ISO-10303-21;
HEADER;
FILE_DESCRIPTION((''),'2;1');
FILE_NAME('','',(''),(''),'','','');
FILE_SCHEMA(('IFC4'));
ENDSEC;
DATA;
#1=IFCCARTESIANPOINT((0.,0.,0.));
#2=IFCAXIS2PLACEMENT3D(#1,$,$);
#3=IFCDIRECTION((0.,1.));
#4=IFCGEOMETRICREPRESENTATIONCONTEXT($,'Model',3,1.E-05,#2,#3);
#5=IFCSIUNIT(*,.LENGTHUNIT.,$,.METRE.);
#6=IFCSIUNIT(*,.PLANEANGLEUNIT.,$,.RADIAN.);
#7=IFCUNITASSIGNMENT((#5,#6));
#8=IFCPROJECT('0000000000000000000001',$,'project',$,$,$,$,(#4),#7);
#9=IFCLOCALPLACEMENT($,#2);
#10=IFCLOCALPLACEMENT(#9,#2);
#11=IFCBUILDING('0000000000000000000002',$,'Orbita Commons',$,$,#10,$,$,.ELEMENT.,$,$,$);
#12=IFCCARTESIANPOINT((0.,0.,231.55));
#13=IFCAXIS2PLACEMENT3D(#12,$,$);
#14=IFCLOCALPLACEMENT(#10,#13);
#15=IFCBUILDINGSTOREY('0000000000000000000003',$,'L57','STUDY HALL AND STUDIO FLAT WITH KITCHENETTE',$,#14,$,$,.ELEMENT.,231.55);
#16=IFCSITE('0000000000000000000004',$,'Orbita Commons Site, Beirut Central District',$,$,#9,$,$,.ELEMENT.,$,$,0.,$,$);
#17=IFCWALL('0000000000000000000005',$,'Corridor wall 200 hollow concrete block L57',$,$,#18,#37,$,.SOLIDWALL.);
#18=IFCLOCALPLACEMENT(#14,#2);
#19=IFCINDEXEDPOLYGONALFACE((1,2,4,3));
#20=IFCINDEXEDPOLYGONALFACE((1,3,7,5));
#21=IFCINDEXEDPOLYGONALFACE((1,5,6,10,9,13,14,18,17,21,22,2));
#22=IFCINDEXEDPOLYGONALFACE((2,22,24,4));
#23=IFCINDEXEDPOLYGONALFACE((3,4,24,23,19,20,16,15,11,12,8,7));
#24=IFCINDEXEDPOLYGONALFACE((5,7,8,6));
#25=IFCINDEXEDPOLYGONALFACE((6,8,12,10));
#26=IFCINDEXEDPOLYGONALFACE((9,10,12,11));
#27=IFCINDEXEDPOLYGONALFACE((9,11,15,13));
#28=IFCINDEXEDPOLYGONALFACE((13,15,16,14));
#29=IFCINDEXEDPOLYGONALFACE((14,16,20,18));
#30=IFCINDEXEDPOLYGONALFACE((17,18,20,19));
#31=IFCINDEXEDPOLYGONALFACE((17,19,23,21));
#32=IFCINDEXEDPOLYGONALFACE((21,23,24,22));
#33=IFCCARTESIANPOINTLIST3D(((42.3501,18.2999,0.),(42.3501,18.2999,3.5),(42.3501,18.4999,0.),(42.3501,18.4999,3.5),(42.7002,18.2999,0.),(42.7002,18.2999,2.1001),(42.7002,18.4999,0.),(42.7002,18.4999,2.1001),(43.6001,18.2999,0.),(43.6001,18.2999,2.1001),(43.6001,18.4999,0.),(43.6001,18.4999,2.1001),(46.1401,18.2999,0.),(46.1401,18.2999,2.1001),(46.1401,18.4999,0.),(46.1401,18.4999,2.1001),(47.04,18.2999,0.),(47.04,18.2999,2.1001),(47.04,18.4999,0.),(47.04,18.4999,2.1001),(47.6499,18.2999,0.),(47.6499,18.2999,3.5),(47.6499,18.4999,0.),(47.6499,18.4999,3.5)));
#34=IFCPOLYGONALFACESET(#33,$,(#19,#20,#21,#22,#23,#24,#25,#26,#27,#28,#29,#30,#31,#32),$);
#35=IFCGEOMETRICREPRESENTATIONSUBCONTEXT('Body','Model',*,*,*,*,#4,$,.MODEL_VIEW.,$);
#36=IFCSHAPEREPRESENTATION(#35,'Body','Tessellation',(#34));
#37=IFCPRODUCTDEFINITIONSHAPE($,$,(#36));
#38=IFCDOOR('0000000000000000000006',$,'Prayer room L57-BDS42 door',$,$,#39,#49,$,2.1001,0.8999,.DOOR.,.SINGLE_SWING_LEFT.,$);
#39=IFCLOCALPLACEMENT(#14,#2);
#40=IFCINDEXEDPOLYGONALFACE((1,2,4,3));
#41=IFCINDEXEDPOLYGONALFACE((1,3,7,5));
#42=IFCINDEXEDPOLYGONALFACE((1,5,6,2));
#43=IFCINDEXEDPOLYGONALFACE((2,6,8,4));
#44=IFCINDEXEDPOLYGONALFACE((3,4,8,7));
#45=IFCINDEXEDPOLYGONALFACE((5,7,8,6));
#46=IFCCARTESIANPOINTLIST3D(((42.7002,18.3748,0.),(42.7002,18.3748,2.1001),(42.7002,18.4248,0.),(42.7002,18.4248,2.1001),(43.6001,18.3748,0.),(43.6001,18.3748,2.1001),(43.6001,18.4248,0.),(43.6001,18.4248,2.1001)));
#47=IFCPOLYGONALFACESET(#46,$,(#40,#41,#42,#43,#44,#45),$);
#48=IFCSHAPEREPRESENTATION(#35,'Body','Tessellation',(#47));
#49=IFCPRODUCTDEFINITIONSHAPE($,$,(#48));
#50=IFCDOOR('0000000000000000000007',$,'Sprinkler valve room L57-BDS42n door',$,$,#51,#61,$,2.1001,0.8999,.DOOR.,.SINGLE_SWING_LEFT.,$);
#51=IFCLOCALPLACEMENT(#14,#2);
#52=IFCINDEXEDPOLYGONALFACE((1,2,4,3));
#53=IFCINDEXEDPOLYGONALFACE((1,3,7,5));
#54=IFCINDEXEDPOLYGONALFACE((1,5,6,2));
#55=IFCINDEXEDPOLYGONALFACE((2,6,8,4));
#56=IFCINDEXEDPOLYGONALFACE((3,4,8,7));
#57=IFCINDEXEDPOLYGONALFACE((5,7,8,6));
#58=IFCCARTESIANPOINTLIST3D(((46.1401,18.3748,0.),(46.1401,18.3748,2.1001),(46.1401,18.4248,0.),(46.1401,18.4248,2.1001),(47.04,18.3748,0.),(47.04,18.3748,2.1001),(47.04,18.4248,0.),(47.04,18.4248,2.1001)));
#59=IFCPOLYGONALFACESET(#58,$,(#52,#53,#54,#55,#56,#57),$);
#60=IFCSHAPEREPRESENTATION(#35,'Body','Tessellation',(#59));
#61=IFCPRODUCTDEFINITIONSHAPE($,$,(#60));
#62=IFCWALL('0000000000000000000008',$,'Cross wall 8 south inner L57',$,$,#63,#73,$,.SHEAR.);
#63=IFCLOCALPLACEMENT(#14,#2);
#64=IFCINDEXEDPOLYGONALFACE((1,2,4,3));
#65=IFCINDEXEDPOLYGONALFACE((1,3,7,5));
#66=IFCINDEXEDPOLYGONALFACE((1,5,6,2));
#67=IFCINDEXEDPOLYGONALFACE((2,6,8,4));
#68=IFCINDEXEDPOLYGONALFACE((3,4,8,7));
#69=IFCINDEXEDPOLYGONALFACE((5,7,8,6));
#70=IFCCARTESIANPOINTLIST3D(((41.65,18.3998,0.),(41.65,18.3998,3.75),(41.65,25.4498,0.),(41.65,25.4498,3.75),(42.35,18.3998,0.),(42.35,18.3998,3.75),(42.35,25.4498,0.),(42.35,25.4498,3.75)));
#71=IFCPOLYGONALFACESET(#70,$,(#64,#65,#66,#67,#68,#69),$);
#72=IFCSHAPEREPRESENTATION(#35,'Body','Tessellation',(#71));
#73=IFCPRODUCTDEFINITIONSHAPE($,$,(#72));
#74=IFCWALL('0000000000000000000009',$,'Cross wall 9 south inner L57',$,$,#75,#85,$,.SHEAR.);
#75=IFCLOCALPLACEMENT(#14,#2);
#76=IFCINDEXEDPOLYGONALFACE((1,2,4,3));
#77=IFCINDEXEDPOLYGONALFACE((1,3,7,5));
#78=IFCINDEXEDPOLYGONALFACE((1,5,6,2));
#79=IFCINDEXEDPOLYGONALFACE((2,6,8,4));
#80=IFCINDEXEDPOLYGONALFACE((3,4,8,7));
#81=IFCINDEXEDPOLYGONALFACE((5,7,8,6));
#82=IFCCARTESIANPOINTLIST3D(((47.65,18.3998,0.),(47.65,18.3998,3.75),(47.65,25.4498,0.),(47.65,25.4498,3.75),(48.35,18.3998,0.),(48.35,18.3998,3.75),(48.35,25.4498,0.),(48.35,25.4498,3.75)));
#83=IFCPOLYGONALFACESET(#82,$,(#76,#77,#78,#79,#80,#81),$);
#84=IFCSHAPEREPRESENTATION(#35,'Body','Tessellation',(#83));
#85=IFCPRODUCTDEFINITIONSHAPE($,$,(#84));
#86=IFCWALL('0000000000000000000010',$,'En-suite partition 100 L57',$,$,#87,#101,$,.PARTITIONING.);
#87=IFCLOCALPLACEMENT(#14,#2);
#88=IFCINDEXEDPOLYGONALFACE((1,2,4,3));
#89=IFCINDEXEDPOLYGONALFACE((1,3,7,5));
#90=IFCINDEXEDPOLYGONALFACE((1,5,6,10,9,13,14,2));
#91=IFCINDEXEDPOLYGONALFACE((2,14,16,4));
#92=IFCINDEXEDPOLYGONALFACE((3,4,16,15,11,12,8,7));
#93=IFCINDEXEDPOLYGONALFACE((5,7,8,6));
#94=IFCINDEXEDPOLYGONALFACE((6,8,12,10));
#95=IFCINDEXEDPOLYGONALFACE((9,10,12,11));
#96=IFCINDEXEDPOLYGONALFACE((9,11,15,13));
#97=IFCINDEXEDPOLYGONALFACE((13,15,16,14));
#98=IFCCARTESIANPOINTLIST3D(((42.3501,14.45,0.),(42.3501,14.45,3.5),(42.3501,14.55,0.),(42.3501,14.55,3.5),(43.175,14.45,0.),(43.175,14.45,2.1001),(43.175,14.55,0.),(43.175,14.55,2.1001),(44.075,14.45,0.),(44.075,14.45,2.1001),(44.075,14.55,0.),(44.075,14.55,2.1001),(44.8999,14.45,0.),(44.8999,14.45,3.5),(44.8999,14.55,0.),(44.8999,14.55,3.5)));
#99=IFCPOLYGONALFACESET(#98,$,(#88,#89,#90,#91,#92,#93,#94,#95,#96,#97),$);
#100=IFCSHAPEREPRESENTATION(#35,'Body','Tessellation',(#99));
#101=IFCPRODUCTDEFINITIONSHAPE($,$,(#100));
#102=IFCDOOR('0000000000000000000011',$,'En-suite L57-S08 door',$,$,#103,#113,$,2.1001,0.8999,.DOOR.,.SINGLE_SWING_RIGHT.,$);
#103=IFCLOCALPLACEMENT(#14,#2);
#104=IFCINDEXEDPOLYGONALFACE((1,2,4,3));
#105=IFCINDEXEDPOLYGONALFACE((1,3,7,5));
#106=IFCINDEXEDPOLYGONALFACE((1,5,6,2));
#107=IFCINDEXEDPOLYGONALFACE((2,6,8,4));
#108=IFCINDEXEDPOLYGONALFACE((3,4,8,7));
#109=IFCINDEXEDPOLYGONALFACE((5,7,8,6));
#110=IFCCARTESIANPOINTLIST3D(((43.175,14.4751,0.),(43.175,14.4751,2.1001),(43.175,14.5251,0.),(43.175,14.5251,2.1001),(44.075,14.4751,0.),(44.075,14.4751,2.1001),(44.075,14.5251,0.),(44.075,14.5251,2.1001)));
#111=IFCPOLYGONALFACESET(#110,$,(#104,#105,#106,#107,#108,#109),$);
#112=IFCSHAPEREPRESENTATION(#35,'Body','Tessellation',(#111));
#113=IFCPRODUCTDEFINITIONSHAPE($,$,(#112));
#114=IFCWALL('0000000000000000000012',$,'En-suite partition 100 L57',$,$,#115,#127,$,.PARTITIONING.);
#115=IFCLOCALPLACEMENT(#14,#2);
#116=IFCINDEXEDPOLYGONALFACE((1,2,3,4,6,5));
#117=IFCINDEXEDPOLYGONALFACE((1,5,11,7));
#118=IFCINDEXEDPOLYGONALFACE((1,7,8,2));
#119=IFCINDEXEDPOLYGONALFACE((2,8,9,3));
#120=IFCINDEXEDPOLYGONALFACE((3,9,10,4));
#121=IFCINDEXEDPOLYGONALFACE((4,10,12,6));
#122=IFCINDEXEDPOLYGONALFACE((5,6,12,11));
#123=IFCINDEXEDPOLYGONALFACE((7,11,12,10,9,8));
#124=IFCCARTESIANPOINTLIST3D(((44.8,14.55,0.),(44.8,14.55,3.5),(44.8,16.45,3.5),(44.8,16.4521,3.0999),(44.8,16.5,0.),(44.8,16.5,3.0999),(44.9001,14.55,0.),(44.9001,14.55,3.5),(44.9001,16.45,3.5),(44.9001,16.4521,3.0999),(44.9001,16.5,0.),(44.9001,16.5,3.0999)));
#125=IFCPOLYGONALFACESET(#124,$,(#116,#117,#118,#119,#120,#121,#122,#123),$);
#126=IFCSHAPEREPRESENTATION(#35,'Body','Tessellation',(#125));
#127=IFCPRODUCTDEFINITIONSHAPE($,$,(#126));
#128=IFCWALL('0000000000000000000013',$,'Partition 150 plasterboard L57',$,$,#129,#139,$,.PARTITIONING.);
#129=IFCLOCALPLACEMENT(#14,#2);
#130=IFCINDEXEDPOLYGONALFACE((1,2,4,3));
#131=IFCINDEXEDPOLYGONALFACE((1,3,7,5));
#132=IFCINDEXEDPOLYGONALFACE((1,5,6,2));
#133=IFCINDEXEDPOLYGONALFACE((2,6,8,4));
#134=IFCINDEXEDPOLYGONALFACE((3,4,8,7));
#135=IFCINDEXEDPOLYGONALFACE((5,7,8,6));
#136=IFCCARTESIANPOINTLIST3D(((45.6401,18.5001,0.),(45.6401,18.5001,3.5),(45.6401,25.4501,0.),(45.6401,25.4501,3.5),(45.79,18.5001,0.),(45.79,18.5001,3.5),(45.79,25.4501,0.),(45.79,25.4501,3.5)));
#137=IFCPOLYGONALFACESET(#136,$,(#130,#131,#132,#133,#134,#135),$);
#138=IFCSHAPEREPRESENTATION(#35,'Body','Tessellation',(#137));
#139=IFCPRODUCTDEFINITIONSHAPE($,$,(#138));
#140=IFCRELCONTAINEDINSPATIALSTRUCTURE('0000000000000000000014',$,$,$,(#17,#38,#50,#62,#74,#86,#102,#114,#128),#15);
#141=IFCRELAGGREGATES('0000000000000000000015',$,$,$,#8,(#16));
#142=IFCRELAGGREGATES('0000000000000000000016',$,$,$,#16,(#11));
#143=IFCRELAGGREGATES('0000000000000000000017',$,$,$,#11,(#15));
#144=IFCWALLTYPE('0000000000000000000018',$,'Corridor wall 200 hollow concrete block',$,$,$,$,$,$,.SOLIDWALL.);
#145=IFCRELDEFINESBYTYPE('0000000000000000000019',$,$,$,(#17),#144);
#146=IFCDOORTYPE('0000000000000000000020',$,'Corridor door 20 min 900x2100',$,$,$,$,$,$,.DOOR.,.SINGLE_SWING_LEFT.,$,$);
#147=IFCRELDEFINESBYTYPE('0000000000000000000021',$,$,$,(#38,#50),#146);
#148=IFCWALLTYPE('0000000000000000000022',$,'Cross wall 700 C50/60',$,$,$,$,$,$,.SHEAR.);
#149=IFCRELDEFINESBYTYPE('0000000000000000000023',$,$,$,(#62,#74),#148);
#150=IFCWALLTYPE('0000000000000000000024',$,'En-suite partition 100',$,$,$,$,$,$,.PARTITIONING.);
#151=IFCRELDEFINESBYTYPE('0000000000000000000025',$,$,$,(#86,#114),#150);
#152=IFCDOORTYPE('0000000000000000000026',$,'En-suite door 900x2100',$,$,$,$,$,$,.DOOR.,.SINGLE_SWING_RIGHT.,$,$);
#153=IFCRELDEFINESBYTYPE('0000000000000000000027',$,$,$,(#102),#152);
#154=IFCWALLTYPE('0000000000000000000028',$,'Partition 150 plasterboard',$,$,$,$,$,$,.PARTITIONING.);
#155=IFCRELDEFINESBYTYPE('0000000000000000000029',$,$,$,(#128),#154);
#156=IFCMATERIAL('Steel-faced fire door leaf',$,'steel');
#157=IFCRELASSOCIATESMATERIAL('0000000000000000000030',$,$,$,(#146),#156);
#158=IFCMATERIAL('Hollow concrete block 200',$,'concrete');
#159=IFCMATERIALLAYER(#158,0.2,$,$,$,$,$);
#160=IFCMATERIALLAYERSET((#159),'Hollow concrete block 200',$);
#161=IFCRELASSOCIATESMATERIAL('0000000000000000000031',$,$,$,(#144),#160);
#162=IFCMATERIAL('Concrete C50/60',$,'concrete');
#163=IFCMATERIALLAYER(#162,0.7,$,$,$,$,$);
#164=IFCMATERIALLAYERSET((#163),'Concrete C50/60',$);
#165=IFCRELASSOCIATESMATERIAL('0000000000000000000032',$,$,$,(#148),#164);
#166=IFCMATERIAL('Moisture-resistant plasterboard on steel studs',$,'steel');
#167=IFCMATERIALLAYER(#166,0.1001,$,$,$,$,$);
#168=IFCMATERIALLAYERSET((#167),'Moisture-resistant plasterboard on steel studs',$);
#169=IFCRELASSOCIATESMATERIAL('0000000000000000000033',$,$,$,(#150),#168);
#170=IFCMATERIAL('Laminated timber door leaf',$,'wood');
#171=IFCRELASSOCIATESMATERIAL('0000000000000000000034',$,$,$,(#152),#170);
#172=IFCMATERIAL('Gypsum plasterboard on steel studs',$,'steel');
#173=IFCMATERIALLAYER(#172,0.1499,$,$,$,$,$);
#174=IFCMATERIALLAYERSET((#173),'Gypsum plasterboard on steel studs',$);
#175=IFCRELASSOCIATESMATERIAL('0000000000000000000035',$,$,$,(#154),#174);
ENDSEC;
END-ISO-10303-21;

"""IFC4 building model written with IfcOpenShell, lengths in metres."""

from ifc_helpers import new_model, si_unit, direction, frame, frame_2d, origin, place, context, subcontext, project, spatial, polyline, rectangle, outline, extrude, material, layer, layer_set, type_object, element, fill, save


model = new_model("IFC4")

# Units and contexts
model_context = context("Model", 3, precision=1e-05, world=origin(), true_north=direction((0.0, 1.0)))
body_context = subcontext(model_context, "Body", "Model", "MODEL_VIEW")
ifc_project = project(units=[si_unit("LENGTHUNIT", "METRE"), si_unit("PLANEANGLEUNIT", "RADIAN")], contexts=[model_context])

# Site, building, storey
site_placement = place(None, origin())
site = spatial("IfcSite", under=ifc_project, at=site_placement, Name="Orbita Commons Site, Beirut Central District", CompositionType="ELEMENT", RefElevation=0.0)
building_placement = place(site_placement, origin())
building = spatial("IfcBuilding", under=site, at=building_placement, Name="Orbita Commons", CompositionType="ELEMENT")
storey_placement = place(building_placement, frame((0.0, 0.0, 231.55)))
storey = spatial("IfcBuildingStorey", under=building, at=storey_placement, Name="L57", Description="STUDY HALL AND STUDIO FLAT WITH KITCHENETTE", CompositionType="ELEMENT", Elevation=231.55)

# Shared definitions
ifc_material_1 = material(Name="Steel-faced fire door leaf", Category="steel")
door_type_1 = type_object("IfcDoorType", Name="Corridor door 20 min 900x2100", OperationType="SINGLE_SWING_LEFT", PredefinedType="DOOR", material=ifc_material_1)

# Wall, openings, doors
ifc_material_2 = material(Name="Hollow concrete block 200", Category="concrete")
ifc_layer_1 = layer(ifc_material_2, 0.2)
ifc_layer_set_1 = layer_set([ifc_layer_1], Name="Hollow concrete block 200")
wall_type_1 = type_object("IfcWallType", Name="Corridor wall 200 hollow concrete block", PredefinedType="SOLIDWALL", material=ifc_layer_set_1)
wall_1_placement = place(storey_placement, frame((42.3501, 18.3999, 0.0), z_axis=(0.0, 0.0, 1.0), x_axis=(1.0, 0.0, 0.0)))
wall_1 = element("IfcWall", 1, at=wall_1_placement, inside=storey, type_object=wall_type_1, Name="Corridor wall 200 hollow concrete block L57", PredefinedType="SOLIDWALL", context=body_context, shape_type="SweptSolid", body=[
    extrude(rectangle(XDim=5.2998, YDim=0.2, at=frame_2d((2.6499, 0.0))), origin(), (0.0, 0.0, 1.0), 3.5),
])
opening_1_placement = place(wall_1_placement, frame((0.3501, 0.0, 0.0)))
opening_1 = element("IfcOpeningElement", 2, at=opening_1_placement, cuts=wall_1, PredefinedType="OPENING", context=body_context, shape_type="SweptSolid", body=[
    extrude(rectangle(XDim=0.8999, YDim=2.1001, at=frame_2d((0.45, 1.05))), frame((0.0, 0.1099, 0.0), z_axis=(0.0, -1.0, 0.0), x_axis=(1.0, 0.0, 0.0)), (0.0, 0.0, 1.0), 0.22),
])
opening_2_placement = place(wall_1_placement, frame((3.79, 0.0, 0.0)))
opening_2 = element("IfcOpeningElement", 3, at=opening_2_placement, cuts=wall_1, PredefinedType="OPENING", context=body_context, shape_type="SweptSolid", body=[
    extrude(rectangle(XDim=0.8999, YDim=2.1001, at=frame_2d((0.45, 1.05))), frame((0.0, 0.1099, 0.0), z_axis=(0.0, -1.0, 0.0), x_axis=(1.0, 0.0, 0.0)), (0.0, 0.0, 1.0), 0.22),
])
door_1_placement = place(opening_1_placement, origin())
door_1 = element("IfcDoor", 4, at=door_1_placement, inside=storey, type_object=door_type_1, Name="Prayer room L57-BDS42 door", OperationType="SINGLE_SWING_LEFT", OverallHeight=2.1001, OverallWidth=0.8999, PredefinedType="DOOR", context=body_context, shape_type="SweptSolid", body=[
    extrude(rectangle(XDim=0.8999, YDim=2.1001, at=frame_2d((0.45, 1.05))), frame((0.0, 0.0249, 0.0), z_axis=(0.0, -1.0, 0.0), x_axis=(1.0, 0.0, 0.0)), (0.0, 0.0, 1.0), 0.05),
])
fill(opening_1, door_1)
door_2_placement = place(opening_2_placement, origin())
door_2 = element("IfcDoor", 5, at=door_2_placement, inside=storey, type_object=door_type_1, Name="Sprinkler valve room L57-BDS42n door", OperationType="SINGLE_SWING_LEFT", OverallHeight=2.1001, OverallWidth=0.8999, PredefinedType="DOOR", context=body_context, shape_type="SweptSolid", body=[
    extrude(rectangle(XDim=0.8999, YDim=2.1001, at=frame_2d((0.45, 1.05))), frame((0.0, 0.0249, 0.0), z_axis=(0.0, -1.0, 0.0), x_axis=(1.0, 0.0, 0.0)), (0.0, 0.0, 1.0), 0.05),
])
fill(opening_2, door_2)

# Walls
ifc_material_3 = material(Name="Concrete C50/60", Category="concrete")
ifc_layer_2 = layer(ifc_material_3, 0.7)
ifc_layer_set_2 = layer_set([ifc_layer_2], Name="Concrete C50/60")
wall_type_2 = type_object("IfcWallType", Name="Cross wall 700 C50/60", PredefinedType="SHEAR", material=ifc_layer_set_2)
for number, where, z_axis, x_axis, name in (
    (6, (42.0, 18.3999, 0.0), (0.0, 0.0, 1.0), (0.0, 1.0, 0.0), "Cross wall 8 south inner L57"),
    (7, (48.0, 18.3999, 0.0), (0.0, 0.0, 1.0), (0.0, 1.0, 0.0), "Cross wall 9 south inner L57"),
):
    element("IfcWall", number, at=place(storey_placement, frame(where, z_axis=z_axis, x_axis=x_axis)), inside=storey, type_object=wall_type_2, Name=name, PredefinedType="SHEAR", context=body_context, shape_type="SweptSolid", body=[
        extrude(rectangle(XDim=7.05, YDim=0.7, at=frame_2d((3.5249, 0.0))), origin(), (0.0, 0.0, 1.0), 3.75),
    ])

# Wall, opening, door
ifc_material_4 = material(Name="Moisture-resistant plasterboard on steel studs", Category="steel")
ifc_layer_3 = layer(ifc_material_4, 0.1001)
ifc_layer_set_3 = layer_set([ifc_layer_3], Name="Moisture-resistant plasterboard on steel studs")
wall_type_3 = type_object("IfcWallType", Name="En-suite partition 100", PredefinedType="PARTITIONING", material=ifc_layer_set_3)
wall_2_placement = place(storey_placement, frame((44.8999, 14.5, 0.0), z_axis=(0.0, 0.0, 1.0), x_axis=(-1.0, 0.0, 0.0)))
wall_2 = element("IfcWall", 8, at=wall_2_placement, inside=storey, type_object=wall_type_3, Name="En-suite partition 100 L57", PredefinedType="PARTITIONING", context=body_context, shape_type="SweptSolid", body=[
    extrude(rectangle(XDim=2.5498, YDim=0.1001, at=frame_2d((1.2749, 0.0))), origin(), (0.0, 0.0, 1.0), 3.5),
])
opening_3_placement = place(wall_2_placement, frame((0.825, 0.0, 0.0)))
opening_3 = element("IfcOpeningElement", 9, at=opening_3_placement, cuts=wall_2, PredefinedType="OPENING", context=body_context, shape_type="SweptSolid", body=[
    extrude(rectangle(XDim=0.8999, YDim=2.1001, at=frame_2d((0.45, 1.05))), frame((0.0, 0.0601, 0.0), z_axis=(0.0, -1.0, 0.0), x_axis=(1.0, 0.0, 0.0)), (0.0, 0.0, 1.0), 0.1201),
])
ifc_material_5 = material(Name="Laminated timber door leaf", Category="wood")
door_type_2 = type_object("IfcDoorType", Name="En-suite door 900x2100", OperationType="SINGLE_SWING_RIGHT", PredefinedType="DOOR", material=ifc_material_5)
door_3_placement = place(opening_3_placement, origin())
door_3 = element("IfcDoor", 10, at=door_3_placement, inside=storey, type_object=door_type_2, Name="En-suite L57-S08 door", OperationType="SINGLE_SWING_RIGHT", OverallHeight=2.1001, OverallWidth=0.8999, PredefinedType="DOOR", context=body_context, shape_type="SweptSolid", body=[
    extrude(rectangle(XDim=0.8999, YDim=2.1001, at=frame_2d((0.45, 1.05))), frame((0.0, 0.0249, 0.0), z_axis=(0.0, -1.0, 0.0), x_axis=(1.0, 0.0, 0.0)), (0.0, 0.0, 1.0), 0.05),
])
fill(opening_3, door_3)

# Walls
wall_3_placement = place(storey_placement, frame((44.8501, 14.55, 0.0), z_axis=(0.0, 0.0, 1.0), x_axis=(0.0, 1.0, 0.0)))
element("IfcWall", 11, at=wall_3_placement, inside=storey, type_object=wall_type_3, Name="En-suite partition 100 L57", PredefinedType="PARTITIONING", context=body_context, shape_type="SweptSolid", body=[
    extrude(outline(polyline([(0.0, 0.0), (1.95, 0.0), (1.95, 3.0999), (1.9021, 3.0999), (1.8999, 3.5), (0.0, 3.5), (0.0, 0.0)])), frame((0.0, 0.05, 0.0), z_axis=(0.0, -1.0, 0.0), x_axis=(1.0, 0.0, 0.0)), (0.0, 0.0, 1.0), 0.1001),
])
ifc_material_6 = material(Name="Gypsum plasterboard on steel studs", Category="steel")
ifc_layer_4 = layer(ifc_material_6, 0.1499)
ifc_layer_set_4 = layer_set([ifc_layer_4], Name="Gypsum plasterboard on steel studs")
wall_type_4 = type_object("IfcWallType", Name="Partition 150 plasterboard", PredefinedType="PARTITIONING", material=ifc_layer_set_4)
wall_4_placement = place(storey_placement, frame((45.7151, 18.5, 0.0), z_axis=(0.0, 0.0, 1.0), x_axis=(0.0, 1.0, 0.0)))
element("IfcWall", 12, at=wall_4_placement, inside=storey, type_object=wall_type_4, Name="Partition 150 plasterboard L57", PredefinedType="PARTITIONING", context=body_context, shape_type="SweptSolid", body=[
    extrude(rectangle(XDim=6.95, YDim=0.1499, at=frame_2d((3.4751, 0.0))), origin(), (0.0, 0.0, 1.0), 3.5),
])

save(model, "model.ifc")
